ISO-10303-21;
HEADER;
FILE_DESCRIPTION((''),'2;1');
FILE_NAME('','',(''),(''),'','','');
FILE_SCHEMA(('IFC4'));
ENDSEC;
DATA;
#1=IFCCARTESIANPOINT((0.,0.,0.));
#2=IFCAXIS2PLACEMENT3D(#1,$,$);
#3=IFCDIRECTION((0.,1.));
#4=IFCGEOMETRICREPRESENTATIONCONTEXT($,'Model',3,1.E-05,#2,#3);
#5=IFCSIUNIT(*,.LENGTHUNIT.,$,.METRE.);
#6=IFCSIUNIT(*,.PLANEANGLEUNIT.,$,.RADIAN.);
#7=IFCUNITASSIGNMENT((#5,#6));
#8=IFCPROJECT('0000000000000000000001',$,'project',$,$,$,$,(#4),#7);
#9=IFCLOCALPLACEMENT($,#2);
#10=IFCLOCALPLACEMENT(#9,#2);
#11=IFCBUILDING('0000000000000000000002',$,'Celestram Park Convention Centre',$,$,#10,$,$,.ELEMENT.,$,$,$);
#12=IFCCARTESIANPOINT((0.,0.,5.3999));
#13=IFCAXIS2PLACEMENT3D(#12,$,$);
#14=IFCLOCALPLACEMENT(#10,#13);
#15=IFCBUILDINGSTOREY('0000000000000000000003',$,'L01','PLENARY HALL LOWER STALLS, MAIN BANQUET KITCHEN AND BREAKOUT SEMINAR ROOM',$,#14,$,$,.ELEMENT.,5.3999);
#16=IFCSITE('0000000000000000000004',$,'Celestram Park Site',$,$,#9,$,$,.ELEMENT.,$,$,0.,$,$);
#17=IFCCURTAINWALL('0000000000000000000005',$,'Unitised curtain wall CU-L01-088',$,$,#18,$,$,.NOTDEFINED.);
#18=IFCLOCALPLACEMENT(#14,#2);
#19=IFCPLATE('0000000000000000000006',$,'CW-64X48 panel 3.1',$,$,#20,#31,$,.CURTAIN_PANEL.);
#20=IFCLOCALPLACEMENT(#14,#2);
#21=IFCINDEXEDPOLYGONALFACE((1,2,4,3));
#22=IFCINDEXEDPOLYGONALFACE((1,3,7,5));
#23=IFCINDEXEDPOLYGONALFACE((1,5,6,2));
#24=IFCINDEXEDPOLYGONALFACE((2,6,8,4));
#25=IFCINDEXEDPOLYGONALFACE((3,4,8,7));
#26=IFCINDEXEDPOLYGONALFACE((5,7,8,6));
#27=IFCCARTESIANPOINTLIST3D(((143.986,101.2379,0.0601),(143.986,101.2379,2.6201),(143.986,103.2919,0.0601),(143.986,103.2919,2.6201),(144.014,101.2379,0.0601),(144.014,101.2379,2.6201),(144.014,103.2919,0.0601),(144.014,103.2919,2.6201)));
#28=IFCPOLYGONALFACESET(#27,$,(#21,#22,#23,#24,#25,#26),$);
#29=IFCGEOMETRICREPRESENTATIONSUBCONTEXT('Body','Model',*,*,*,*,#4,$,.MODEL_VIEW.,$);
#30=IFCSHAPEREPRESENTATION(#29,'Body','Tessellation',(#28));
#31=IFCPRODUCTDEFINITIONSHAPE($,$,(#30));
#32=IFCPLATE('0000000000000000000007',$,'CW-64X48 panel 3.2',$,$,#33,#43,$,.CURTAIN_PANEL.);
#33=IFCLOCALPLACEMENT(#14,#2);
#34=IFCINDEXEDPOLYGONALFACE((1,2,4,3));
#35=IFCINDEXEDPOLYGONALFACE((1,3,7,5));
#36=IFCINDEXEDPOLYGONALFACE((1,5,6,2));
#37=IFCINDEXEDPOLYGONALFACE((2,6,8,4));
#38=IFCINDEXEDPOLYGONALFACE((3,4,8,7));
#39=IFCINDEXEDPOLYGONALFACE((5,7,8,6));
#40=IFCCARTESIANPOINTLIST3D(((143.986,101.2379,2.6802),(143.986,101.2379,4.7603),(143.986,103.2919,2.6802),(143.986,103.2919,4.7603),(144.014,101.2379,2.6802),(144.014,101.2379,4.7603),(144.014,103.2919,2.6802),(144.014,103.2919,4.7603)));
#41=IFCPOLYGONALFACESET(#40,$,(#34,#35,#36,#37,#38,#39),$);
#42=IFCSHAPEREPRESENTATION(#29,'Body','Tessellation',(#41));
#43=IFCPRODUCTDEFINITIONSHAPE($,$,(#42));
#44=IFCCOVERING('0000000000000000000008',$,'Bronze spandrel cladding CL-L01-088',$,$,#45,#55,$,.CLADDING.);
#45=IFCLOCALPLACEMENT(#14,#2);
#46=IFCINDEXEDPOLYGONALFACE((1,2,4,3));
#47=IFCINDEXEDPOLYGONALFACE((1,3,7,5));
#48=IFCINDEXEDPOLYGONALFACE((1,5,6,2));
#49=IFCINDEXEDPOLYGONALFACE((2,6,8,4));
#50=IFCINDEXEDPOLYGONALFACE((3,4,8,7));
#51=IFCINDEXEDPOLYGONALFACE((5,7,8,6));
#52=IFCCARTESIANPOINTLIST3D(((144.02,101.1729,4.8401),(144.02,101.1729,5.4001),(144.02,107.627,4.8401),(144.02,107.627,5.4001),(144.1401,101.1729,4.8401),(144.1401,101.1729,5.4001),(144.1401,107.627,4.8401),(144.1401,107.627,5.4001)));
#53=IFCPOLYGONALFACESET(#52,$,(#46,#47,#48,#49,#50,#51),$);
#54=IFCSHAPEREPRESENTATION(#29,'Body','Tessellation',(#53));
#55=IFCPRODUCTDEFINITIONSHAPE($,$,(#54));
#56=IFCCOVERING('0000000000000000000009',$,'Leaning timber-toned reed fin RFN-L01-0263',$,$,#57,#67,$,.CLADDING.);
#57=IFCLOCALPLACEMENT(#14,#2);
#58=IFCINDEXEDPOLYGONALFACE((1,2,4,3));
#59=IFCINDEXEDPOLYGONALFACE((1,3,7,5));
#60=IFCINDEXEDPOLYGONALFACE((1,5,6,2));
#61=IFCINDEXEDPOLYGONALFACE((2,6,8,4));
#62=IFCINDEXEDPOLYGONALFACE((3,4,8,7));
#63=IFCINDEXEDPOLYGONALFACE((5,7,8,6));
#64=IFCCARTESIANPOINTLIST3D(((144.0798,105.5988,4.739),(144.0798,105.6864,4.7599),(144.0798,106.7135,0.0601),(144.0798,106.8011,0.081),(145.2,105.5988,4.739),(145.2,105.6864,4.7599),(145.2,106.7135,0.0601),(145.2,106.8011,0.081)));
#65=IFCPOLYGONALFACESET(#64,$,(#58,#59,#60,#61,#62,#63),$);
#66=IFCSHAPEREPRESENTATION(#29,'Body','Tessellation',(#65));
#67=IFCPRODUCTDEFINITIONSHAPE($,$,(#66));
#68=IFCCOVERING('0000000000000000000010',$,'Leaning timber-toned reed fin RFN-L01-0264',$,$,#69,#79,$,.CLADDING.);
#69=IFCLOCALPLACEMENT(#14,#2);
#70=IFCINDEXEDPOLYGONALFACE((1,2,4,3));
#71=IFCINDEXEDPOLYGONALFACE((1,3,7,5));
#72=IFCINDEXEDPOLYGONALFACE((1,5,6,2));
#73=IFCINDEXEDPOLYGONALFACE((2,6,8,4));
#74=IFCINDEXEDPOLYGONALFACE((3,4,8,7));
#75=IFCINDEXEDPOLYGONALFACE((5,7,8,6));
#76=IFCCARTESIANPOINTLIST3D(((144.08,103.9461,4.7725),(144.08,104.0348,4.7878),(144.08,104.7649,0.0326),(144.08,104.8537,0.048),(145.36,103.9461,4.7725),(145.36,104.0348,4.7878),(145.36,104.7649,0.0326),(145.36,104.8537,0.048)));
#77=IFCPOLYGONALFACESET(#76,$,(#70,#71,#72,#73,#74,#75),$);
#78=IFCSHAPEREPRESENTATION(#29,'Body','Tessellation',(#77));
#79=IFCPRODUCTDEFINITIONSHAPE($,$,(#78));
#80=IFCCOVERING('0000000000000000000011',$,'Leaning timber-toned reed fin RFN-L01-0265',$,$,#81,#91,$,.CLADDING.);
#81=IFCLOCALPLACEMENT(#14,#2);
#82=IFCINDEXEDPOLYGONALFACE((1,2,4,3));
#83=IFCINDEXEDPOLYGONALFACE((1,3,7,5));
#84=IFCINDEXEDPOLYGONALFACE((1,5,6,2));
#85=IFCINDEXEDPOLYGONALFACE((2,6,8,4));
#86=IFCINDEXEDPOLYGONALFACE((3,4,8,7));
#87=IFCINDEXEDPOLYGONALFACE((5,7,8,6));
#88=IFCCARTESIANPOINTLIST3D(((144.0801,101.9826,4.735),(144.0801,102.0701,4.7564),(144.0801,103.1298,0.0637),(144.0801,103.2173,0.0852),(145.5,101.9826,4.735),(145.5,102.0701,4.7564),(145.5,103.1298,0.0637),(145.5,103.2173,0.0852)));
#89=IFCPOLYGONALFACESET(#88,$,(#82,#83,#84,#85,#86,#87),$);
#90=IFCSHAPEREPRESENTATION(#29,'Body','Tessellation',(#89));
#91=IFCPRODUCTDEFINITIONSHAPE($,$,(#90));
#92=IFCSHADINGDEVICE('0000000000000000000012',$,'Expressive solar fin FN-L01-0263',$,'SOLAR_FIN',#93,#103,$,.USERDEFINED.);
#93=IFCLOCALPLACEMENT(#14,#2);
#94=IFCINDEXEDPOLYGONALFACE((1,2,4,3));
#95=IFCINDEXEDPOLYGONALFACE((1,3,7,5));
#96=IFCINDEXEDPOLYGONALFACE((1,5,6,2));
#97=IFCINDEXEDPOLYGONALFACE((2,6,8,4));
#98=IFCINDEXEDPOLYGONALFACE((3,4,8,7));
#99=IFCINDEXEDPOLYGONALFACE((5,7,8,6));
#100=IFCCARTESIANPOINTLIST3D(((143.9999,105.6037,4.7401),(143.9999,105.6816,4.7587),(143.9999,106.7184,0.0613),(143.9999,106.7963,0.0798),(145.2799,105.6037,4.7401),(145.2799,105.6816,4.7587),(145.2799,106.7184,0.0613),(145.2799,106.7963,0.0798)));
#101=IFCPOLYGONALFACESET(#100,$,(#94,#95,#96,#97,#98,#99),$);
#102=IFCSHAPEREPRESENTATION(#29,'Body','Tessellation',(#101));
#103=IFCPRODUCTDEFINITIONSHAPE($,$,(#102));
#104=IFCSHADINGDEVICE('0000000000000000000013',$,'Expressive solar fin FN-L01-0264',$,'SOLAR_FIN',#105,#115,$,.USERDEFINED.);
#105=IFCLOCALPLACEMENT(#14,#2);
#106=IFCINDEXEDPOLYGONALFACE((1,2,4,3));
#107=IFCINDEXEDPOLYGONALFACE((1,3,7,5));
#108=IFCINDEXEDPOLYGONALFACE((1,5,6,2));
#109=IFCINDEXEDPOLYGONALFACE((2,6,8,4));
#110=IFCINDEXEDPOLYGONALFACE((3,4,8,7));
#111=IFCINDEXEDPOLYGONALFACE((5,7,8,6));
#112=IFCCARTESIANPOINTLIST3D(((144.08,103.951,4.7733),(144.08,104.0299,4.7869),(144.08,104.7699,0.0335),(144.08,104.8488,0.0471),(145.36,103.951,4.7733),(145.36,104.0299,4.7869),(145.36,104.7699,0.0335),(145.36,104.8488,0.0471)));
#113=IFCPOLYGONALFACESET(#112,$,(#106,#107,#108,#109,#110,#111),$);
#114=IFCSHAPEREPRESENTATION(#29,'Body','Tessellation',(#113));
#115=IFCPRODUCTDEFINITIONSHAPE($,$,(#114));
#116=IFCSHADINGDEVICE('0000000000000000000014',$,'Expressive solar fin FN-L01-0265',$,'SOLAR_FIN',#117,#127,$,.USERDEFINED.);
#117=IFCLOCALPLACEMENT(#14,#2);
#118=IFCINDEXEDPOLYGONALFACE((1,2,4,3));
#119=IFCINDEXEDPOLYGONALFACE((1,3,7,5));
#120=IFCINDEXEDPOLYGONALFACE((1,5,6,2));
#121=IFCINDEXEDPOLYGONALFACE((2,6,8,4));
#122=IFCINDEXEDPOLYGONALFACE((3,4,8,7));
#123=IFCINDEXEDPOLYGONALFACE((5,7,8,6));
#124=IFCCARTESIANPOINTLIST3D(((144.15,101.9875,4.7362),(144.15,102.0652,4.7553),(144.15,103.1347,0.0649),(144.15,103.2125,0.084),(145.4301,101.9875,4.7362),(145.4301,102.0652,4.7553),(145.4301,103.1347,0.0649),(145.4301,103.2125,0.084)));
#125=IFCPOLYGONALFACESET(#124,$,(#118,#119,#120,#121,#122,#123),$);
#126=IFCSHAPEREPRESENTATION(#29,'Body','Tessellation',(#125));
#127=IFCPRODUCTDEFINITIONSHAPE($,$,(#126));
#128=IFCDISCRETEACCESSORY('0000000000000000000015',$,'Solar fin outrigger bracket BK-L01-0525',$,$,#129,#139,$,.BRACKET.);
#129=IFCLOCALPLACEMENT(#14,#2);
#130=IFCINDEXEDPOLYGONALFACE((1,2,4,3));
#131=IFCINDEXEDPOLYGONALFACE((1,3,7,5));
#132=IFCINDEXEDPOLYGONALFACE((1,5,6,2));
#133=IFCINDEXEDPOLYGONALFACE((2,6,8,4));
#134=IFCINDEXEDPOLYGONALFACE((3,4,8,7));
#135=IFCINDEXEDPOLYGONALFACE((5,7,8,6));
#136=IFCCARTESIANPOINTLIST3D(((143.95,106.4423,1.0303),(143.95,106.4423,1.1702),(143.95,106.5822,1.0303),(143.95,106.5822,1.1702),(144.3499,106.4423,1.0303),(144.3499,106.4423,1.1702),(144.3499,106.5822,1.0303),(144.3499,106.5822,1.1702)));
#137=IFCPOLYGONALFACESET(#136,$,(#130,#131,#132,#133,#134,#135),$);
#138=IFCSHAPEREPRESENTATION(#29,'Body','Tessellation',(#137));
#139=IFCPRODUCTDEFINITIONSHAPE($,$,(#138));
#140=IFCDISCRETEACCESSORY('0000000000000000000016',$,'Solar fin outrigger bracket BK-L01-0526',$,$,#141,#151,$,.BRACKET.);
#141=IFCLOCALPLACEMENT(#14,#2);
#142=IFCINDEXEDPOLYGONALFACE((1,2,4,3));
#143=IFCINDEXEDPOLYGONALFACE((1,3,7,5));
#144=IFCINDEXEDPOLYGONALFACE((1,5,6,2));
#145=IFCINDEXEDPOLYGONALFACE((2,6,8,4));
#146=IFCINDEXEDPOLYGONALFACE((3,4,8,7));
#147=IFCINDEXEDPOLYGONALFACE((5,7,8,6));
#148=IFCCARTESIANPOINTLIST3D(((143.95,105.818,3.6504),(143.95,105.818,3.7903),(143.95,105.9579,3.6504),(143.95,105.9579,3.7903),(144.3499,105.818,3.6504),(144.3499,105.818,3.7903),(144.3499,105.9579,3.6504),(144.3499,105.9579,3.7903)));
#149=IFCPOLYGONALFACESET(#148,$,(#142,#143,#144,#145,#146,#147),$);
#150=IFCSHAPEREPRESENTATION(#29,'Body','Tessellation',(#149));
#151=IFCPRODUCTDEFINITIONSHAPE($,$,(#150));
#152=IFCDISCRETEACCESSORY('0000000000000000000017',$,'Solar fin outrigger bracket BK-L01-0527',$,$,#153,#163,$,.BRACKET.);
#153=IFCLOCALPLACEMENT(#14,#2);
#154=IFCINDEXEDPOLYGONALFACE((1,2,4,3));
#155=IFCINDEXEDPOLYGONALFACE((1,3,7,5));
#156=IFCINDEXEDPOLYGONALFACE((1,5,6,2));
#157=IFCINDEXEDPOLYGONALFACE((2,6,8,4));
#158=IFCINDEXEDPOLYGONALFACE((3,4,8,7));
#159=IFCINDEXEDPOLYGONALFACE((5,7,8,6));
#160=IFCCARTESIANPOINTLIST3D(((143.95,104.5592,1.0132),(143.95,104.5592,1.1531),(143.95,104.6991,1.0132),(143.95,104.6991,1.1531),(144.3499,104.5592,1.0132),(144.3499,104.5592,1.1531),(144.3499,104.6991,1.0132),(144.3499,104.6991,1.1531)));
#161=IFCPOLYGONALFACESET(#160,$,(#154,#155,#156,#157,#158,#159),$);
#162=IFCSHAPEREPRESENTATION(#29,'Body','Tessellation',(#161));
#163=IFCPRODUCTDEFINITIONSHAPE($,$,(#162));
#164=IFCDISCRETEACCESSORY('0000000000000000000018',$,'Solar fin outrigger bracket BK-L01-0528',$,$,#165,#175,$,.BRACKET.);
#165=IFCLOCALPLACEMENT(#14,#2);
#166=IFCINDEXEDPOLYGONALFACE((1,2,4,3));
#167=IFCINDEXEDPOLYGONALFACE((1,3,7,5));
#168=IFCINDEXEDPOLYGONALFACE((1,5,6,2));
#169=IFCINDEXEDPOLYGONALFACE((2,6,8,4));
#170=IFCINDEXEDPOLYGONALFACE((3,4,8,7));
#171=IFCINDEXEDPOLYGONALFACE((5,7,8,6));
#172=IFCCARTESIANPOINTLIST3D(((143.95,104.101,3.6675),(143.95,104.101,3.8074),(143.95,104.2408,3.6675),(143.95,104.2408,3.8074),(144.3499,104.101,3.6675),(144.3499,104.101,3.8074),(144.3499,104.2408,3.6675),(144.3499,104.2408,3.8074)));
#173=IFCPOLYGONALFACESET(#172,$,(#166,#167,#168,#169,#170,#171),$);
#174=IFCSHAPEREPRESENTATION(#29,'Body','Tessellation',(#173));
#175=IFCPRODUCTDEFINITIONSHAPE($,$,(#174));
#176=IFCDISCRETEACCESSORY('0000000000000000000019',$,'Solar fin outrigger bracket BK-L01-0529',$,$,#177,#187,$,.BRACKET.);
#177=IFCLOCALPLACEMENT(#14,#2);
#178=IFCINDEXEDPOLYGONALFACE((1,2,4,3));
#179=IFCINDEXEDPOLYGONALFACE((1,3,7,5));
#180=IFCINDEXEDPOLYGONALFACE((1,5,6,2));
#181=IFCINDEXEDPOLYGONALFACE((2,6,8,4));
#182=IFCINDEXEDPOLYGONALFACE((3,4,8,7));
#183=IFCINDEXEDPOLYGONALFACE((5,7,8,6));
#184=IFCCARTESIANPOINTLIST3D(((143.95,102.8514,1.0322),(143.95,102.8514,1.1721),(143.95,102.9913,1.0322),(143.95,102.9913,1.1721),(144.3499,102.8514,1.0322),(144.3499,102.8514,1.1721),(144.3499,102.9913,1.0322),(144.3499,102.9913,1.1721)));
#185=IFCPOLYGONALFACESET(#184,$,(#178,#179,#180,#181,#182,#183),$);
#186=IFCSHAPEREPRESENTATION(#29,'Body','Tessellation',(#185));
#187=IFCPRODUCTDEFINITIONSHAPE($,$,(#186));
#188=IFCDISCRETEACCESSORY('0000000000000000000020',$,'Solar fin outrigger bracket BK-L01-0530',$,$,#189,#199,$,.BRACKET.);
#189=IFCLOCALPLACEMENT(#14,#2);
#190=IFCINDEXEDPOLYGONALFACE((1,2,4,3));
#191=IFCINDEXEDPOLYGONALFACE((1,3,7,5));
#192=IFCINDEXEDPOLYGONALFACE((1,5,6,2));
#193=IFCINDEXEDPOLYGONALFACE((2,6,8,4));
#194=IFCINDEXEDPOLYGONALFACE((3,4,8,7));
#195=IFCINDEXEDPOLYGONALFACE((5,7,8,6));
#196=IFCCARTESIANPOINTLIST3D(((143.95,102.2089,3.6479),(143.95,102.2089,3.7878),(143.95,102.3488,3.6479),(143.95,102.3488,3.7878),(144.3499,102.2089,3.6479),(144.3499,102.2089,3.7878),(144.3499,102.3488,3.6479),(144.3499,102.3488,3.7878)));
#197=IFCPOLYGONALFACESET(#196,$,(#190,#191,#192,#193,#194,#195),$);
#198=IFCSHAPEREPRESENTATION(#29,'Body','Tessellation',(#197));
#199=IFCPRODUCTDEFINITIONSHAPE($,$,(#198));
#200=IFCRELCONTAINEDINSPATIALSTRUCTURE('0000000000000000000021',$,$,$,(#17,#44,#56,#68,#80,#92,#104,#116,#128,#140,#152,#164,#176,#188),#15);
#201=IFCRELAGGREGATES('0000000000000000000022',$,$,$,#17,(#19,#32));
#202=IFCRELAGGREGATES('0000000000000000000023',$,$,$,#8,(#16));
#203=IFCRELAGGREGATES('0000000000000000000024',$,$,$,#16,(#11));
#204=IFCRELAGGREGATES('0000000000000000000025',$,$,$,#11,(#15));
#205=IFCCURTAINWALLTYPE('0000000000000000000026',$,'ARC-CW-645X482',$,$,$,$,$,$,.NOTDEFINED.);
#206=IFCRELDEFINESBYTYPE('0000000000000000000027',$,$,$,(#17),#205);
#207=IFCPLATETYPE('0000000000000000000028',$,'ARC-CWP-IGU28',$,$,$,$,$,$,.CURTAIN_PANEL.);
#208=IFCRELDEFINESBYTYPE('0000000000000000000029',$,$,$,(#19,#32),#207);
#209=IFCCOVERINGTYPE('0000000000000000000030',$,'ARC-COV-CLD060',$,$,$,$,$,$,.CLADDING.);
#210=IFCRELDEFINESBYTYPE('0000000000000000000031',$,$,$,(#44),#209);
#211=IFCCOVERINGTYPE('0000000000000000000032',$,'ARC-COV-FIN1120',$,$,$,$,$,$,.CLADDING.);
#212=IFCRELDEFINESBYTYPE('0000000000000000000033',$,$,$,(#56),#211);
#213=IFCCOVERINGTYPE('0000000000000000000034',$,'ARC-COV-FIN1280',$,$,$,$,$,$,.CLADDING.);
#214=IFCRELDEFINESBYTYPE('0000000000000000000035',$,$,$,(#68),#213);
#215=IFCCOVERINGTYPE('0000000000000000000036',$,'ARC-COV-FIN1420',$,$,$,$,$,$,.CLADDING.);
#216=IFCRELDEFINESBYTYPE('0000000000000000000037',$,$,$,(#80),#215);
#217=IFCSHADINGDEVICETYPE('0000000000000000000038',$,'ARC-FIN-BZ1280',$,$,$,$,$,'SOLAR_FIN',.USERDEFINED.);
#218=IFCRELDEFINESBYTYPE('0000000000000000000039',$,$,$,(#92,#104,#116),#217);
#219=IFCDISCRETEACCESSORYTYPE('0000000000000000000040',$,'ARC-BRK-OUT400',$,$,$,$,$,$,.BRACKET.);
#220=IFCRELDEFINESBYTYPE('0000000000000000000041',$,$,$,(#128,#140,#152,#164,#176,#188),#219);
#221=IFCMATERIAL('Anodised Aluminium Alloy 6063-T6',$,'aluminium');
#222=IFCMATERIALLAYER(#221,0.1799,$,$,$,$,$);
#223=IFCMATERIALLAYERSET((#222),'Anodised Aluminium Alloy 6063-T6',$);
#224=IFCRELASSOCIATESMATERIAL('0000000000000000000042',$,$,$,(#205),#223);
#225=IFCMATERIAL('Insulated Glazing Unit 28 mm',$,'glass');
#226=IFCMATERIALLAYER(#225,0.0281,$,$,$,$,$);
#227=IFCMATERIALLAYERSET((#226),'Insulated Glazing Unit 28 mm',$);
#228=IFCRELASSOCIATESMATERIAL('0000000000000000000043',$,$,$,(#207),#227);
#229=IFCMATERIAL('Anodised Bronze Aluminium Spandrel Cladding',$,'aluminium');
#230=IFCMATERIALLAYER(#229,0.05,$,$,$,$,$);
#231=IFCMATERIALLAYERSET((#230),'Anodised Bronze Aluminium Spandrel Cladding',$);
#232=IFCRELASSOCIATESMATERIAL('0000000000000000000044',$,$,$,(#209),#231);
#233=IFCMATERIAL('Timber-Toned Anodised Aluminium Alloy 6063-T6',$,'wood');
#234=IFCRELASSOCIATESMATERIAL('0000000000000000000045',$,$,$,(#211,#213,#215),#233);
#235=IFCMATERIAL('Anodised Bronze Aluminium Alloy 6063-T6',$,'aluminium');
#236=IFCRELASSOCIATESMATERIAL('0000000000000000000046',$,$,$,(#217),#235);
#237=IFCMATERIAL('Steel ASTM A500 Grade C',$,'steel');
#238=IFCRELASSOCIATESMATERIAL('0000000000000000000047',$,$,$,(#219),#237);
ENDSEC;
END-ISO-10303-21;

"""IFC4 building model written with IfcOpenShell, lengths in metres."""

from ifc_helpers import new_model, si_unit, direction, frame, origin, origin_2d, place, context, subcontext, project, spatial, rectangle, extrude, material, layer, layer_set, material_profile, profile_set, type_object, element, aggregate, save


model = new_model("IFC4")

# Units and contexts
model_context = context("Model", 3, precision=1e-05, world=origin(), true_north=direction((0.0, 1.0)))
body_context = subcontext(model_context, "Body", "Model", "MODEL_VIEW")
ifc_project = project(units=[si_unit("LENGTHUNIT", "METRE"), si_unit("PLANEANGLEUNIT", "RADIAN")], contexts=[model_context])

# Site, building, storey
site_placement = place(None, origin())
site = spatial("IfcSite", under=ifc_project, at=site_placement, Name="Celestram Park Site", CompositionType="ELEMENT", RefElevation=0.0)
building_placement = place(site_placement, origin())
building = spatial("IfcBuilding", under=site, at=building_placement, Name="Celestram Park Convention Centre", CompositionType="ELEMENT")
storey_placement = place(building_placement, frame((0.0, 0.0, 5.3999)))
storey = spatial("IfcBuildingStorey", under=building, at=storey_placement, Name="L01", Description="PLENARY HALL LOWER STALLS, MAIN BANQUET KITCHEN AND BREAKOUT SEMINAR ROOM", CompositionType="ELEMENT", Elevation=5.3999)

# Curtain wall
ifc_material_1 = material(Name="Anodised Aluminium Alloy 6063-T6", Category="aluminium")
ifc_layer_1 = layer(ifc_material_1, 0.1799)
ifc_layer_set_1 = layer_set([ifc_layer_1], Name="Anodised Aluminium Alloy 6063-T6")
curtain_wall_type = type_object("IfcCurtainWallType", Name="ARC-CW-645X482", PredefinedType="NOTDEFINED", material=ifc_layer_set_1)
curtain_wall_placement = place(storey_placement, origin())
curtain_wall = element("IfcCurtainWall", 1, at=curtain_wall_placement, inside=storey, type_object=curtain_wall_type, Name="Unitised curtain wall CU-L01-088", PredefinedType="NOTDEFINED")

# Shared definitions
ifc_material_2 = material(Name="Steel ASTM A500 Grade C", Category="steel")

# Plates
ifc_material_3 = material(Name="Insulated Glazing Unit 28 mm", Category="glass")
ifc_layer_2 = layer(ifc_material_3, 0.0281)
ifc_layer_set_2 = layer_set([ifc_layer_2], Name="Insulated Glazing Unit 28 mm")
plate_type = type_object("IfcPlateType", Name="ARC-CWP-IGU28", PredefinedType="CURTAIN_PANEL", material=ifc_layer_set_2)
plate_1_placement = place(storey_placement, frame((144.0, 102.2649, 0.0601), z_axis=(0.0, 0.0, 1.0), x_axis=(0.0, -1.0, 0.0)))
plate_1 = element("IfcPlate", 2, at=plate_1_placement, type_object=plate_type, Name="CW-64X48 panel 3.1", PredefinedType="CURTAIN_PANEL", context=body_context, shape_type="SweptSolid", body=[
    extrude(rectangle(XDim=2.054, YDim=0.0281, at=origin_2d()), origin(), (0.0, 0.0, 1.0), 2.5601),
])
plate_2_placement = place(storey_placement, frame((144.0, 102.2649, 2.6802), z_axis=(0.0, 0.0, 1.0), x_axis=(0.0, -1.0, 0.0)))
plate_2 = element("IfcPlate", 3, at=plate_2_placement, type_object=plate_type, Name="CW-64X48 panel 3.2", PredefinedType="CURTAIN_PANEL", context=body_context, shape_type="SweptSolid", body=[
    extrude(rectangle(XDim=2.054, YDim=0.0281, at=origin_2d()), origin(), (0.0, 0.0, 1.0), 2.0801),
])
aggregate(curtain_wall, [plate_1, plate_2])

# Coverings
ifc_material_4 = material(Name="Anodised Bronze Aluminium Spandrel Cladding", Category="aluminium")
ifc_layer_3 = layer(ifc_material_4, 0.05)
ifc_layer_set_3 = layer_set([ifc_layer_3], Name="Anodised Bronze Aluminium Spandrel Cladding")
covering_type_1 = type_object("IfcCoveringType", Name="ARC-COV-CLD060", PredefinedType="CLADDING", material=ifc_layer_set_3)
covering_1_placement = place(storey_placement, frame((144.0801, 104.3999, 4.8401), z_axis=(0.0, 0.0, 1.0), x_axis=(0.0, -1.0, 0.0)))
element("IfcCovering", 4, at=covering_1_placement, inside=storey, type_object=covering_type_1, Name="Bronze spandrel cladding CL-L01-088", PredefinedType="CLADDING", context=body_context, shape_type="SweptSolid", body=[
    extrude(rectangle(XDim=6.4541, YDim=0.1201, at=origin_2d()), origin(), (0.0, 0.0, 1.0), 0.5601),
])
ifc_material_5 = material(Name="Timber-Toned Anodised Aluminium Alloy 6063-T6", Category="wood")
ifc_material_profile_1 = material_profile(ifc_material_5, rectangle(XDim=1.1201, YDim=0.0901, at=origin_2d()), Name="REED1120X90")
ifc_profile_set_1 = profile_set([ifc_material_profile_1], Name="Timber-Toned Anodised Aluminium Alloy 6063-T6")
covering_type_2 = type_object("IfcCoveringType", Name="ARC-COV-FIN1120", PredefinedType="CLADDING", material=ifc_profile_set_1)
covering_2_placement = place(storey_placement, frame((144.6399, 106.7573, 0.0706), z_axis=(0.0, -0.23176, 0.972773), x_axis=(1.0, 0.0, 0.0)))
element("IfcCovering", 5, at=covering_2_placement, inside=storey, type_object=covering_type_2, Name="Leaning timber-toned reed fin RFN-L01-0263", PredefinedType="CLADDING", context=body_context, shape_type="SweptSolid", body=[
    extrude(rectangle(XDim=1.1201, YDim=0.0901, at=origin_2d()), origin(), (0.0, 0.0, 1.0), 4.8098),
])
ifc_material_profile_2 = material_profile(ifc_material_5, rectangle(XDim=1.28, YDim=0.0901, at=origin_2d()), Name="REED1280X90")
ifc_profile_set_2 = profile_set([ifc_material_profile_2], Name="Timber-Toned Anodised Aluminium Alloy 6063-T6")
covering_type_3 = type_object("IfcCoveringType", Name="ARC-COV-FIN1280", PredefinedType="CLADDING", material=ifc_profile_set_2)
covering_3_placement = place(storey_placement, frame((144.72, 104.8093, 0.0403), z_axis=(0.0, -0.17024, 0.985403), x_axis=(1.0, 0.0, 0.0)))
element("IfcCovering", 6, at=covering_3_placement, inside=storey, type_object=covering_type_3, Name="Leaning timber-toned reed fin RFN-L01-0264", PredefinedType="CLADDING", context=body_context, shape_type="SweptSolid", body=[
    extrude(rectangle(XDim=1.28, YDim=0.0901, at=origin_2d()), origin(), (0.0, 0.0, 1.0), 4.8101),
])
ifc_material_profile_3 = material_profile(ifc_material_5, rectangle(XDim=1.4199, YDim=0.0901, at=origin_2d()), Name="REED1420X90")
ifc_profile_set_3 = profile_set([ifc_material_profile_3], Name="Timber-Toned Anodised Aluminium Alloy 6063-T6")
covering_type_4 = type_object("IfcCoveringType", Name="ARC-COV-FIN1420", PredefinedType="CLADDING", material=ifc_profile_set_3)
covering_4_placement = place(storey_placement, frame((144.79, 103.1736, 0.0745), z_axis=(0.0, -0.238509, 0.97114), x_axis=(1.0, 0.0, 0.0)))
element("IfcCovering", 7, at=covering_4_placement, inside=storey, type_object=covering_type_4, Name="Leaning timber-toned reed fin RFN-L01-0265", PredefinedType="CLADDING", context=body_context, shape_type="SweptSolid", body=[
    extrude(rectangle(XDim=1.4199, YDim=0.0901, at=origin_2d()), origin(), (0.0, 0.0, 1.0), 4.8101),
])

# Shading devices
ifc_material_6 = material(Name="Anodised Bronze Aluminium Alloy 6063-T6", Category="aluminium")
ifc_material_profile_4 = material_profile(ifc_material_6, rectangle(XDim=1.28, YDim=0.0801, at=origin_2d()), Name="FIN1280X80")
ifc_profile_set_4 = profile_set([ifc_material_profile_4], Name="Anodised Bronze Aluminium Alloy 6063-T6")
shading_device_type = type_object("IfcShadingDeviceType", Name="ARC-FIN-BZ1280", ElementType="SOLAR_FIN", PredefinedType="USERDEFINED", material=ifc_profile_set_4)
shading_device_placement = place(storey_placement, frame((144.6399, 106.7573, 0.0706), z_axis=(0.0, -0.23176, 0.972773), x_axis=(1.0, 0.0, 0.0)))
element("IfcShadingDevice", 8, at=shading_device_placement, inside=storey, type_object=shading_device_type, Name="Expressive solar fin FN-L01-0263", ObjectType="SOLAR_FIN", PredefinedType="USERDEFINED", context=body_context, shape_type="SweptSolid", body=[
    extrude(rectangle(XDim=1.28, YDim=0.0801, at=origin_2d()), origin(), (0.0, 0.0, 1.0), 4.8098),
])
for number, where, z_axis, x_axis, name in (
    (9, (144.72, 104.8093, 0.0403), (0.0, -0.17024, 0.985403), (1.0, 0.0, 0.0), "Expressive solar fin FN-L01-0264"),
    (10, (144.79, 103.1736, 0.0745), (0.0, -0.238509, 0.97114), (1.0, 0.0, 0.0), "Expressive solar fin FN-L01-0265"),
):
    element("IfcShadingDevice", number, at=place(storey_placement, frame(where, z_axis=z_axis, x_axis=x_axis)), inside=storey, type_object=shading_device_type, Name=name, ObjectType="SOLAR_FIN", PredefinedType="USERDEFINED", context=body_context, shape_type="SweptSolid", body=[
        extrude(rectangle(XDim=1.28, YDim=0.0801, at=origin_2d()), origin(), (0.0, 0.0, 1.0), 4.8101),
    ])

# Discrete accessories
discrete_accessory_type = type_object("IfcDiscreteAccessoryType", Name="ARC-BRK-OUT400", PredefinedType="BRACKET", material=ifc_material_2)
for number, where, z_axis, x_axis, name in (
    (11, (144.1499, 106.5122, 1.0303), (0.0, 0.0, 1.0), (1.0, 0.0, 0.0), "Solar fin outrigger bracket BK-L01-0525"),
    (12, (144.1499, 105.8879, 3.6504), (0.0, 0.0, 1.0), (1.0, 0.0, 0.0), "Solar fin outrigger bracket BK-L01-0526"),
    (13, (144.1499, 104.6292, 1.0132), (0.0, 0.0, 1.0), (1.0, 0.0, 0.0), "Solar fin outrigger bracket BK-L01-0527"),
    (14, (144.1499, 104.1709, 3.6675), (0.0, 0.0, 1.0), (1.0, 0.0, 0.0), "Solar fin outrigger bracket BK-L01-0528"),
    (15, (144.1499, 102.9214, 1.0322), (0.0, 0.0, 1.0), (1.0, 0.0, 0.0), "Solar fin outrigger bracket BK-L01-0529"),
    (16, (144.1499, 102.2788, 3.6479), (0.0, 0.0, 1.0), (1.0, 0.0, 0.0), "Solar fin outrigger bracket BK-L01-0530"),
):
    element("IfcDiscreteAccessory", number, at=place(storey_placement, frame(where, z_axis=z_axis, x_axis=x_axis)), inside=storey, type_object=discrete_accessory_type, Name=name, PredefinedType="BRACKET", context=body_context, shape_type="SweptSolid", body=[
        extrude(rectangle(XDim=0.3999, YDim=0.1399, at=origin_2d()), origin(), (0.0, 0.0, 1.0), 0.1399),
    ])

save(model, "model.ifc")
